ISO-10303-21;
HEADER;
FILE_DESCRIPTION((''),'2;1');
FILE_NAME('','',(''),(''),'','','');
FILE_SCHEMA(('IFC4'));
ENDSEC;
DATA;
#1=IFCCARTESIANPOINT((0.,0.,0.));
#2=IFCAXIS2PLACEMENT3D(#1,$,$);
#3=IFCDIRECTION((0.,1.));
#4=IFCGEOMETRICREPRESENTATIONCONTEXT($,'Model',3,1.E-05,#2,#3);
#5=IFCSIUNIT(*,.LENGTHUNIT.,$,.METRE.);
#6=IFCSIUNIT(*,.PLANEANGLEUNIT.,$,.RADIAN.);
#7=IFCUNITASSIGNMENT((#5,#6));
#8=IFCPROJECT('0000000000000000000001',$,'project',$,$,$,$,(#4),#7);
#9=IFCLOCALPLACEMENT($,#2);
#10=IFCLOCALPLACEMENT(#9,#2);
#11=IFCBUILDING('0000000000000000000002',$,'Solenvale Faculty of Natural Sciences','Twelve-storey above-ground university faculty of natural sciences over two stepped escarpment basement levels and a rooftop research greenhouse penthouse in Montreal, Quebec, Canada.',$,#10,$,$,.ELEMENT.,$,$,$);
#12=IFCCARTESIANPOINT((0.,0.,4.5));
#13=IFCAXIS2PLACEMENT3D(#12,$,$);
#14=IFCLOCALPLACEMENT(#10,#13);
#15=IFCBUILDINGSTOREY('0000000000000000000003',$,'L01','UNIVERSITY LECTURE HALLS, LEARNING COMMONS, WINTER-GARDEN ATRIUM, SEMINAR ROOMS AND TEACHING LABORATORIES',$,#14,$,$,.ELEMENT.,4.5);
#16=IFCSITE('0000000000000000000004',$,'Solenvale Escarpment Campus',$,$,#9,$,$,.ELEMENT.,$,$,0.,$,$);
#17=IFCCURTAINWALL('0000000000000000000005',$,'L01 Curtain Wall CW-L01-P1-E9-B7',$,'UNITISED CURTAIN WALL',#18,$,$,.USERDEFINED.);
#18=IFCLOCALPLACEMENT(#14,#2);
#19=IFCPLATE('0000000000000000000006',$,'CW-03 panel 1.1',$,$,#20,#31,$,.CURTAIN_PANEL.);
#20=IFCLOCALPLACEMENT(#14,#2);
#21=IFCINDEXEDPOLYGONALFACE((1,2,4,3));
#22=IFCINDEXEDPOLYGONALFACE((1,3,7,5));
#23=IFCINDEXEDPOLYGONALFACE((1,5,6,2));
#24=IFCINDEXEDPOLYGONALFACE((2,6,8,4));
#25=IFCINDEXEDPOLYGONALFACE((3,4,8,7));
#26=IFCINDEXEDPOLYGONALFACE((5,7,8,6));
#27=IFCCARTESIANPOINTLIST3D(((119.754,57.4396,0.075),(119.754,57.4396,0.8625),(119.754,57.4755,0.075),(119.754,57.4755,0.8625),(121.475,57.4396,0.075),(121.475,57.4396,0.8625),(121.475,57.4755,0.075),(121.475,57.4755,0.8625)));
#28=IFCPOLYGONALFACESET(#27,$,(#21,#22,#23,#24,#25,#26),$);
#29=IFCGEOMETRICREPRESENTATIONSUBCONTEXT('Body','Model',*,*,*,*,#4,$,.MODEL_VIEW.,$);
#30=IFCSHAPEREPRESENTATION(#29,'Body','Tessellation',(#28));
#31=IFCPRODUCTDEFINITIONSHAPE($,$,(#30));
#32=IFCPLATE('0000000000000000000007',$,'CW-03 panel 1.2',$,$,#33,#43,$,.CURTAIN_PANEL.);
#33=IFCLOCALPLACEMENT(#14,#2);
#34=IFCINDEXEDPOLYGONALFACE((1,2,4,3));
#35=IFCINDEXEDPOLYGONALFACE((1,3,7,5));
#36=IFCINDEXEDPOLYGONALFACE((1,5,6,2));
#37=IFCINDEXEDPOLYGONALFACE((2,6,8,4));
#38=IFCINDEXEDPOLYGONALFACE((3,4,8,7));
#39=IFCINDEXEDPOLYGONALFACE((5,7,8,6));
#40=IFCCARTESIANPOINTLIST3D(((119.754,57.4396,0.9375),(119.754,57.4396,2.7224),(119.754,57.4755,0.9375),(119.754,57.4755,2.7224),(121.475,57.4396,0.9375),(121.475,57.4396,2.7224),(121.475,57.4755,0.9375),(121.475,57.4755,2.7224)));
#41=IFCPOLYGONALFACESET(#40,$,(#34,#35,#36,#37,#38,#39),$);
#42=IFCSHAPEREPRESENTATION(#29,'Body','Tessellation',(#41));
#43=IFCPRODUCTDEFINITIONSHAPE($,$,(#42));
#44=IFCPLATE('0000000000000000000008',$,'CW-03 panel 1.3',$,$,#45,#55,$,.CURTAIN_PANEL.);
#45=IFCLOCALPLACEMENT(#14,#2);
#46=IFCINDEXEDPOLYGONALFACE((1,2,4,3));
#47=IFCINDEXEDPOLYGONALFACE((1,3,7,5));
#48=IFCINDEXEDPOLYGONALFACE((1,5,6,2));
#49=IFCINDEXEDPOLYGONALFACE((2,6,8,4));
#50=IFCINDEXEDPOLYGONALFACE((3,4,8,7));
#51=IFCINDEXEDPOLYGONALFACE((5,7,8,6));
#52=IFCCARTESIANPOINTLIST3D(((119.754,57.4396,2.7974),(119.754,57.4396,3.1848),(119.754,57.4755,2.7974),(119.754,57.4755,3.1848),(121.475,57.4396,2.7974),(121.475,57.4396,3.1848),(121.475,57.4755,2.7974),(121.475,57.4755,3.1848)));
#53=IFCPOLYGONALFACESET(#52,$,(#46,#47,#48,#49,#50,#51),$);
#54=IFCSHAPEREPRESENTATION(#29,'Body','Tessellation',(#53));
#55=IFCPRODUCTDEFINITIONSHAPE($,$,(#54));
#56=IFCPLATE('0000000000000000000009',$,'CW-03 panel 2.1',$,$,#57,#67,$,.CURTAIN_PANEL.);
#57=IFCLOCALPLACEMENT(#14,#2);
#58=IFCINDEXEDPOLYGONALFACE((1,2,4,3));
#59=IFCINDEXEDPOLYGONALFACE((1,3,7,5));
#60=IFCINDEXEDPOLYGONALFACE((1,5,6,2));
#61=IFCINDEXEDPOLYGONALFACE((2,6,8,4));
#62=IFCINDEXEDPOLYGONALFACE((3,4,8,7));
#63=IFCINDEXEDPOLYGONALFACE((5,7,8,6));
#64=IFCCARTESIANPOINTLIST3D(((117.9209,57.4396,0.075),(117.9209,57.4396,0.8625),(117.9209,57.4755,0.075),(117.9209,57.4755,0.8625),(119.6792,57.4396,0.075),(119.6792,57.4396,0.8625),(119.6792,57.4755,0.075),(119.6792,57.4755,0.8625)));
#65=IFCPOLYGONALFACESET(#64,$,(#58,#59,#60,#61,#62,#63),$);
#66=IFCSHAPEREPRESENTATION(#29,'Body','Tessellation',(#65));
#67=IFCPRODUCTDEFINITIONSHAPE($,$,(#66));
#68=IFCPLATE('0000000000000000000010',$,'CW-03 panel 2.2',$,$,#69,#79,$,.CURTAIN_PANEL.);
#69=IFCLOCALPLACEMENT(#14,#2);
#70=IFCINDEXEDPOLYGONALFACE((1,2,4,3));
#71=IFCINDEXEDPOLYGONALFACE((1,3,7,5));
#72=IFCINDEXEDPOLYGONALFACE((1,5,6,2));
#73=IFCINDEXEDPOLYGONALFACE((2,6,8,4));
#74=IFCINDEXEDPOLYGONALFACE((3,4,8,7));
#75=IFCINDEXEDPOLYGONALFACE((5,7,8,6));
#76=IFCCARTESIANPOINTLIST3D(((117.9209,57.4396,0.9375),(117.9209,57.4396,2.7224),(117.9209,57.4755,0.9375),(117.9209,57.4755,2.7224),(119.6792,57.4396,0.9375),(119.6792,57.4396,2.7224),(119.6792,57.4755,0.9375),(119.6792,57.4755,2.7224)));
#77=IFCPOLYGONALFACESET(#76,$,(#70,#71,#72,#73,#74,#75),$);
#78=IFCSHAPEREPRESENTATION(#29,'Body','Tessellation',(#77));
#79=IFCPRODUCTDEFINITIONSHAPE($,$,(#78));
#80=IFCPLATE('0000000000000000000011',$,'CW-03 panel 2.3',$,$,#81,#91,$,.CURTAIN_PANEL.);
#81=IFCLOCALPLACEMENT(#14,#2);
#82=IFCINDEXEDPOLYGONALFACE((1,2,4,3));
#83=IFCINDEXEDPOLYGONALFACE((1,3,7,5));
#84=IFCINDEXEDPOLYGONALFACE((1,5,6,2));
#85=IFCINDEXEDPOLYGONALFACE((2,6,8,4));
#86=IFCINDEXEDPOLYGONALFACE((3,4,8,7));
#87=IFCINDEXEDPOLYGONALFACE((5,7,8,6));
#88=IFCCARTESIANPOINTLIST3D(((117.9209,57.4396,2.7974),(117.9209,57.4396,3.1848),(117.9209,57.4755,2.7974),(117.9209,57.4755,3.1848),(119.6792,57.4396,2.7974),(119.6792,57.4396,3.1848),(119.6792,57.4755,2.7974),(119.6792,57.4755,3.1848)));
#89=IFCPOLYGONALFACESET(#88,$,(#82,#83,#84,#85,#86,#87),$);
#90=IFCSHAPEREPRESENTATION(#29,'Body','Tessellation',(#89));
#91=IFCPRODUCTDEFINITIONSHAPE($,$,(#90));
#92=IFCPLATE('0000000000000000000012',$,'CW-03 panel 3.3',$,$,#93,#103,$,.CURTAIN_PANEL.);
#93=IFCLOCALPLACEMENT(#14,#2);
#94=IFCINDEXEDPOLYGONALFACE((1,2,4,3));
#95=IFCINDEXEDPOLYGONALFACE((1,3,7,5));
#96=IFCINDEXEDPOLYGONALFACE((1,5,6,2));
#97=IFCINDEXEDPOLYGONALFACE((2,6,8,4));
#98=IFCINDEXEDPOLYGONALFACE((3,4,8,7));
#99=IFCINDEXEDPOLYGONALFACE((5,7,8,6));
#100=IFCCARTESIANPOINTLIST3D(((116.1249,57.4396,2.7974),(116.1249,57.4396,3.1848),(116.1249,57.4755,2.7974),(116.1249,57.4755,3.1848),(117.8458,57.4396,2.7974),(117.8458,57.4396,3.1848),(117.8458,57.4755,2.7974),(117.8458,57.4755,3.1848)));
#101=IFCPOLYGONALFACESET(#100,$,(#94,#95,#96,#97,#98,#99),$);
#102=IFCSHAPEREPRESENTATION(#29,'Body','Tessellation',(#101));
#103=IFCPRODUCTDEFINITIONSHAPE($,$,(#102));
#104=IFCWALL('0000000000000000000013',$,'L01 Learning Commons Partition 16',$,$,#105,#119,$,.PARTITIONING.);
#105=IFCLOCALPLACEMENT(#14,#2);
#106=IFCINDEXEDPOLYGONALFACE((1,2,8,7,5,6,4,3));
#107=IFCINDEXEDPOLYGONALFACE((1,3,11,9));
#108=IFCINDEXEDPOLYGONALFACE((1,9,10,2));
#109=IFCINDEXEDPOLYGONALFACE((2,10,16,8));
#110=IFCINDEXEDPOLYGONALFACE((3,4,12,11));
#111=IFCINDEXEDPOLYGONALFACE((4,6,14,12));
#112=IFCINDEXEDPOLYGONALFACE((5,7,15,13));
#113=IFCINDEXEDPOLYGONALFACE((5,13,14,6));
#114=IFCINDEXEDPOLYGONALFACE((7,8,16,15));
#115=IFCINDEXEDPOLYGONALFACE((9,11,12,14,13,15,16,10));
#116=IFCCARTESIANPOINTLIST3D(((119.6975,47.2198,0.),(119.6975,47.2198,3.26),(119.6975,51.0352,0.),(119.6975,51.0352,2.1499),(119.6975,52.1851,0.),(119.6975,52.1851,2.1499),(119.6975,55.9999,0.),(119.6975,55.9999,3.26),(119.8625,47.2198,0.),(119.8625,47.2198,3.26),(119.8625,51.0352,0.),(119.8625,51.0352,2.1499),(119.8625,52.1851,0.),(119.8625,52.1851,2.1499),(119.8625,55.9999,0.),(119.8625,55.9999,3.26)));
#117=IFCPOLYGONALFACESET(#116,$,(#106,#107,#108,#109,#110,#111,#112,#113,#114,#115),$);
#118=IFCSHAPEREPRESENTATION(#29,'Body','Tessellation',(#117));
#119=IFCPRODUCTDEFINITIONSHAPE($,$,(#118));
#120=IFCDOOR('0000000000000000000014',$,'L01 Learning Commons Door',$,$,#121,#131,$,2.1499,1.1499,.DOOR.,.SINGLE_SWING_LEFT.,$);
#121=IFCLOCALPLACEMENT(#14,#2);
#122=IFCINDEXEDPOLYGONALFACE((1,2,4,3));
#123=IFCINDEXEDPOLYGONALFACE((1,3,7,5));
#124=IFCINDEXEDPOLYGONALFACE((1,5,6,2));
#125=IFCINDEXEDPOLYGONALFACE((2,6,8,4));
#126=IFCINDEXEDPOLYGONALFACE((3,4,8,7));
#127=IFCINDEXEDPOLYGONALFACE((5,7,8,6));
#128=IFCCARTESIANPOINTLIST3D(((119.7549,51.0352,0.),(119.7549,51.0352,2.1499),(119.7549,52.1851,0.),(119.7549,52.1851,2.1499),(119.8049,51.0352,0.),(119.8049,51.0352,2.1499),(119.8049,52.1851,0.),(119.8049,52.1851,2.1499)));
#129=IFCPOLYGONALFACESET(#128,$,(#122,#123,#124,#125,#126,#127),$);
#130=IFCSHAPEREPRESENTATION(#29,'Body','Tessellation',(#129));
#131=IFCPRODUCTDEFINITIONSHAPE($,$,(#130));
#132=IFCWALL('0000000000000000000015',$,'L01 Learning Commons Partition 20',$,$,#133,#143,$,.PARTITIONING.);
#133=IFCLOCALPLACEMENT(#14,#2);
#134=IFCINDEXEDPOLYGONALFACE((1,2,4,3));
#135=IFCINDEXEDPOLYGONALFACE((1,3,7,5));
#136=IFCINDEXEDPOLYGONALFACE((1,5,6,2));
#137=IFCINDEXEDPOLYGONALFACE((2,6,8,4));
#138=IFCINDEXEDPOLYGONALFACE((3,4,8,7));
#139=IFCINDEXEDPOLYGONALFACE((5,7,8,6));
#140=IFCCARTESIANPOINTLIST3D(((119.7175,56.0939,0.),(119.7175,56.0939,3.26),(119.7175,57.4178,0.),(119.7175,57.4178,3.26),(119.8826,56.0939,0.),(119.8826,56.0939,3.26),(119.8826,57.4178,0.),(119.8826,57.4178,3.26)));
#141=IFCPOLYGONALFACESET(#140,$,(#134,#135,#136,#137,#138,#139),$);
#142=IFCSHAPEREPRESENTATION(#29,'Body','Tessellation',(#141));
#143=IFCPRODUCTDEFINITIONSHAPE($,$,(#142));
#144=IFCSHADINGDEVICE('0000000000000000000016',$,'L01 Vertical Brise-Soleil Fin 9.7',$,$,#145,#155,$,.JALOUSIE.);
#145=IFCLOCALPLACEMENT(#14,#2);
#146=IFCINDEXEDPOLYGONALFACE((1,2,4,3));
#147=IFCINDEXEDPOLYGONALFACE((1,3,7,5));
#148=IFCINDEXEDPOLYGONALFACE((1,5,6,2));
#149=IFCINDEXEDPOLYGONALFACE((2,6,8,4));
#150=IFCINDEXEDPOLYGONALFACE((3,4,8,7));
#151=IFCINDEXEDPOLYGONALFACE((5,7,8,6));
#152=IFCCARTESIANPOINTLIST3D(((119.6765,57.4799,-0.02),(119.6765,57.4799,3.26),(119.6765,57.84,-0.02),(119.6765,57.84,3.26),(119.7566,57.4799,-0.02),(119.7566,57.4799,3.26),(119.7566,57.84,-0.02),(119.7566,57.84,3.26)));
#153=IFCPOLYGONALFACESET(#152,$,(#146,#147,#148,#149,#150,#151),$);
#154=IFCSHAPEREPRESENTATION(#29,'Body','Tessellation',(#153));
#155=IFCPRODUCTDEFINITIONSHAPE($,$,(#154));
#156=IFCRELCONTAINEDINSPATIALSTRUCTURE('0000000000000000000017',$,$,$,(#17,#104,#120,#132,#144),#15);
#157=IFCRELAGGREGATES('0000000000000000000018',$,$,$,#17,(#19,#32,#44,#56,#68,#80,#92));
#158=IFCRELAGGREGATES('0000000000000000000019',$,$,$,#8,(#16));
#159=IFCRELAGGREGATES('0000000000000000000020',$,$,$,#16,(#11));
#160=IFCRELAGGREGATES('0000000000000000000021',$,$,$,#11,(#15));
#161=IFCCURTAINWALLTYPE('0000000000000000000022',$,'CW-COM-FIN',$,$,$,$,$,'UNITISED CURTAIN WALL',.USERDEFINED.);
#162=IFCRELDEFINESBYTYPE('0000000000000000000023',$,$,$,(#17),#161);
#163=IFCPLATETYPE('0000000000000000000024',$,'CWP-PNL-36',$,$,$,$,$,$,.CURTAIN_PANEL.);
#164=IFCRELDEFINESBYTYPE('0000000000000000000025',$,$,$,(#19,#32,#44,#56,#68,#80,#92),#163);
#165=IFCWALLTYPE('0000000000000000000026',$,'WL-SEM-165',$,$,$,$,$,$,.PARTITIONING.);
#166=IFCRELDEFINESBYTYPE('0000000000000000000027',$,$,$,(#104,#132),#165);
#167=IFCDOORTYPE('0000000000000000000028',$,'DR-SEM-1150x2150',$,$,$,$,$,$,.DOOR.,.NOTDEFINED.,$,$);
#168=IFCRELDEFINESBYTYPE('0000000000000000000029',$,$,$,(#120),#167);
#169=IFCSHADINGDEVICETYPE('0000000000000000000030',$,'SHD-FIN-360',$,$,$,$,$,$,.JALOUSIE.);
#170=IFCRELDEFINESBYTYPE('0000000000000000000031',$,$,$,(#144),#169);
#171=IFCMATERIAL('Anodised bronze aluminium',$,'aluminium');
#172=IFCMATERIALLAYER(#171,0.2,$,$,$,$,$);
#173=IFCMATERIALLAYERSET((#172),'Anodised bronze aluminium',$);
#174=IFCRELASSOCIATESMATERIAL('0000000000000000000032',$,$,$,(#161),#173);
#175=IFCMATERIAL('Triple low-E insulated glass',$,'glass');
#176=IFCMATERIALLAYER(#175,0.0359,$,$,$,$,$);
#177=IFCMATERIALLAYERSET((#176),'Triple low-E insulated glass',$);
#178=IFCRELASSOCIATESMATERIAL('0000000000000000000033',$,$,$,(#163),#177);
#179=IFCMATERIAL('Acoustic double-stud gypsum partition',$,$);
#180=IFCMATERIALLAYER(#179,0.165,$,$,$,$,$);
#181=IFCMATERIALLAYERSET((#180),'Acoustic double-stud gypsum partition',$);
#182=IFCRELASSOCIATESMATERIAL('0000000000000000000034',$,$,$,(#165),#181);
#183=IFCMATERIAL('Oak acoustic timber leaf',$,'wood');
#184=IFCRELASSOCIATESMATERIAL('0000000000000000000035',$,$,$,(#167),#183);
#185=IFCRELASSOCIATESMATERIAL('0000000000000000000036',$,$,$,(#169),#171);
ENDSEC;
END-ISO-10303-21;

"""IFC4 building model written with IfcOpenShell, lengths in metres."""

from ifc_helpers import new_model, si_unit, direction, frame, frame_2d, origin, origin_2d, place, context, subcontext, project, spatial, rectangle, extrude, material, layer, layer_set, material_profile, profile_set, type_object, element, fill, aggregate, save


model = new_model("IFC4")

# Units and contexts
model_context = context("Model", 3, precision=1e-05, world=origin(), true_north=direction((0.0, 1.0)))
body_context = subcontext(model_context, "Body", "Model", "MODEL_VIEW")
ifc_project = project(units=[si_unit("LENGTHUNIT", "METRE"), si_unit("PLANEANGLEUNIT", "RADIAN")], contexts=[model_context])

# Site, building, storey
site_placement = place(None, origin())
site = spatial("IfcSite", under=ifc_project, at=site_placement, Name="Solenvale Escarpment Campus", CompositionType="ELEMENT", RefElevation=0.0)
building_placement = place(site_placement, origin())
building = spatial("IfcBuilding", under=site, at=building_placement, Name="Solenvale Faculty of Natural Sciences", Description="Twelve-storey above-ground university faculty of natural sciences over two stepped escarpment basement levels and a rooftop research greenhouse penthouse in Montreal, Quebec, Canada.", CompositionType="ELEMENT")
storey_placement = place(building_placement, frame((0.0, 0.0, 4.5)))
storey = spatial("IfcBuildingStorey", under=building, at=storey_placement, Name="L01", Description="UNIVERSITY LECTURE HALLS, LEARNING COMMONS, WINTER-GARDEN ATRIUM, SEMINAR ROOMS AND TEACHING LABORATORIES", CompositionType="ELEMENT", Elevation=4.5)

# Curtain wall, plates
ifc_material_1 = material(Name="Anodised bronze aluminium", Category="aluminium")
ifc_layer_1 = layer(ifc_material_1, 0.2)
ifc_layer_set_1 = layer_set([ifc_layer_1], Name="Anodised bronze aluminium")
curtain_wall_type = type_object("IfcCurtainWallType", Name="CW-COM-FIN", ElementType="UNITISED CURTAIN WALL", PredefinedType="USERDEFINED", material=ifc_layer_set_1)
curtain_wall_placement = place(storey_placement, origin())
curtain_wall = element("IfcCurtainWall", 1, at=curtain_wall_placement, inside=storey, type_object=curtain_wall_type, Name="L01 Curtain Wall CW-L01-P1-E9-B7", ObjectType="UNITISED CURTAIN WALL", PredefinedType="USERDEFINED")
ifc_material_2 = material(Name="Triple low-E insulated glass", Category="glass")
ifc_layer_2 = layer(ifc_material_2, 0.0359)
ifc_layer_set_2 = layer_set([ifc_layer_2], Name="Triple low-E insulated glass")
plate_type = type_object("IfcPlateType", Name="CWP-PNL-36", PredefinedType="CURTAIN_PANEL", material=ifc_layer_set_2)
plate_1_placement = place(storey_placement, frame((120.6145, 57.4575, 0.075), z_axis=(0.0, 0.0, 1.0), x_axis=(-1.0, 0.0, 0.0)))
plate_1 = element("IfcPlate", 2, at=plate_1_placement, type_object=plate_type, Name="CW-03 panel 1.1", PredefinedType="CURTAIN_PANEL", context=body_context, shape_type="SweptSolid", body=[
    extrude(rectangle(XDim=1.7209, YDim=0.0359, at=origin_2d()), origin(), (0.0, 0.0, 1.0), 0.7876),
])
plate_2_placement = place(storey_placement, frame((120.6145, 57.4575, 0.9375), z_axis=(0.0, 0.0, 1.0), x_axis=(-1.0, 0.0, 0.0)))
plate_2 = element("IfcPlate", 3, at=plate_2_placement, type_object=plate_type, Name="CW-03 panel 1.2", PredefinedType="CURTAIN_PANEL", context=body_context, shape_type="SweptSolid", body=[
    extrude(rectangle(XDim=1.7209, YDim=0.0359, at=origin_2d()), origin(), (0.0, 0.0, 1.0), 1.7849),
])
plate_3_placement = place(storey_placement, frame((120.6145, 57.4575, 2.7974), z_axis=(0.0, 0.0, 1.0), x_axis=(-1.0, 0.0, 0.0)))
plate_3 = element("IfcPlate", 4, at=plate_3_placement, type_object=plate_type, Name="CW-03 panel 1.3", PredefinedType="CURTAIN_PANEL", context=body_context, shape_type="SweptSolid", body=[
    extrude(rectangle(XDim=1.7209, YDim=0.0359, at=origin_2d()), origin(), (0.0, 0.0, 1.0), 0.3875),
])
plate_4_placement = place(storey_placement, frame((118.8, 57.4575, 0.075), z_axis=(0.0, 0.0, 1.0), x_axis=(-1.0, 0.0, 0.0)))
plate_4 = element("IfcPlate", 5, at=plate_4_placement, type_object=plate_type, Name="CW-03 panel 2.1", PredefinedType="CURTAIN_PANEL", context=body_context, shape_type="SweptSolid", body=[
    extrude(rectangle(XDim=1.7583, YDim=0.0359, at=origin_2d()), origin(), (0.0, 0.0, 1.0), 0.7876),
])
plate_5_placement = place(storey_placement, frame((118.8, 57.4575, 0.9375), z_axis=(0.0, 0.0, 1.0), x_axis=(-1.0, 0.0, 0.0)))
plate_5 = element("IfcPlate", 6, at=plate_5_placement, type_object=plate_type, Name="CW-03 panel 2.2", PredefinedType="CURTAIN_PANEL", context=body_context, shape_type="SweptSolid", body=[
    extrude(rectangle(XDim=1.7583, YDim=0.0359, at=origin_2d()), origin(), (0.0, 0.0, 1.0), 1.7849),
])
plate_6_placement = place(storey_placement, frame((118.8, 57.4575, 2.7974), z_axis=(0.0, 0.0, 1.0), x_axis=(-1.0, 0.0, 0.0)))
plate_6 = element("IfcPlate", 7, at=plate_6_placement, type_object=plate_type, Name="CW-03 panel 2.3", PredefinedType="CURTAIN_PANEL", context=body_context, shape_type="SweptSolid", body=[
    extrude(rectangle(XDim=1.7583, YDim=0.0359, at=origin_2d()), origin(), (0.0, 0.0, 1.0), 0.3875),
])
plate_7_placement = place(storey_placement, frame((116.9854, 57.4575, 2.7974), z_axis=(0.0, 0.0, 1.0), x_axis=(-1.0, 0.0, 0.0)))
plate_7 = element("IfcPlate", 8, at=plate_7_placement, type_object=plate_type, Name="CW-03 panel 3.3", PredefinedType="CURTAIN_PANEL", context=body_context, shape_type="SweptSolid", body=[
    extrude(rectangle(XDim=1.7209, YDim=0.0359, at=origin_2d()), origin(), (0.0, 0.0, 1.0), 0.3875),
])
aggregate(curtain_wall, [plate_1, plate_2, plate_3, plate_4, plate_5, plate_6, plate_7])

# Wall, opening, door
ifc_material_3 = material(Name="Acoustic double-stud gypsum partition")
ifc_layer_3 = layer(ifc_material_3, 0.165)
ifc_layer_set_3 = layer_set([ifc_layer_3], Name="Acoustic double-stud gypsum partition")
wall_type = type_object("IfcWallType", Name="WL-SEM-165", PredefinedType="PARTITIONING", material=ifc_layer_set_3)
wall_1_placement = place(storey_placement, frame((119.78, 56.0, 0.0), z_axis=(0.0, 0.0, 1.0), x_axis=(0.0, -1.0, 0.0)))
wall_1 = element("IfcWall", 9, at=wall_1_placement, inside=storey, type_object=wall_type, Name="L01 Learning Commons Partition 16", PredefinedType="PARTITIONING", context=body_context, shape_type="SweptSolid", body=[
    extrude(rectangle(XDim=8.78, YDim=0.165, at=frame_2d((4.3901, 0.0))), origin(), (0.0, 0.0, 1.0), 3.26),
])
opening_placement = place(wall_1_placement, frame((3.8149, 0.0, 0.0)))
opening = element("IfcOpeningElement", 10, at=opening_placement, cuts=wall_1, PredefinedType="OPENING", context=body_context, shape_type="SweptSolid", body=[
    extrude(rectangle(XDim=1.1499, YDim=2.1499, at=frame_2d((0.575, 1.075))), frame((0.0, 0.0925, 0.0), z_axis=(0.0, -1.0, 0.0), x_axis=(1.0, 0.0, 0.0)), (0.0, 0.0, 1.0), 0.1851),
])
ifc_material_4 = material(Name="Oak acoustic timber leaf", Category="wood")
door_type = type_object("IfcDoorType", Name="DR-SEM-1150x2150", OperationType="NOTDEFINED", PredefinedType="DOOR", material=ifc_material_4)
door_placement = place(opening_placement, origin())
door = element("IfcDoor", 11, at=door_placement, inside=storey, type_object=door_type, Name="L01 Learning Commons Door", OperationType="SINGLE_SWING_LEFT", OverallHeight=2.1499, OverallWidth=1.1499, PredefinedType="DOOR", context=body_context, shape_type="SweptSolid", body=[
    extrude(rectangle(XDim=1.1499, YDim=2.1499, at=frame_2d((0.575, 1.075))), frame((0.0, 0.0249, 0.0), z_axis=(0.0, -1.0, 0.0), x_axis=(1.0, 0.0, 0.0)), (0.0, 0.0, 1.0), 0.05),
])
fill(opening, door)

# Wall
wall_2_placement = place(storey_placement, frame((119.8, 57.418, 0.0), z_axis=(0.0, 0.0, 1.0), x_axis=(0.0, -1.0, 0.0)))
element("IfcWall", 12, at=wall_2_placement, inside=storey, type_object=wall_type, Name="L01 Learning Commons Partition 20", PredefinedType="PARTITIONING", context=body_context, shape_type="SweptSolid", body=[
    extrude(rectangle(XDim=1.324, YDim=0.165, at=frame_2d((0.6621, 0.0))), origin(), (0.0, 0.0, 1.0), 3.26),
])

# Shading device
ifc_material_profile_1 = material_profile(ifc_material_1, rectangle(XDim=0.0801, YDim=0.3601, at=origin_2d()), Name="ALU-FIN-80x360")
ifc_profile_set_1 = profile_set([ifc_material_profile_1], Name="Anodised bronze aluminium")
shading_device_type = type_object("IfcShadingDeviceType", Name="SHD-FIN-360", PredefinedType="JALOUSIE", material=ifc_profile_set_1)
shading_device_placement = place(storey_placement, frame((119.7166, 57.6599, -0.02), z_axis=(0.0, 0.0, 1.0), x_axis=(1.0, 0.0, 0.0)))
element("IfcShadingDevice", 13, at=shading_device_placement, inside=storey, type_object=shading_device_type, Name="L01 Vertical Brise-Soleil Fin 9.7", PredefinedType="JALOUSIE", context=body_context, shape_type="SweptSolid", body=[
    extrude(rectangle(XDim=0.0801, YDim=0.3601, at=origin_2d()), origin(), (0.0, 0.0, 1.0), 3.28),
])

save(model, "model.ifc")
